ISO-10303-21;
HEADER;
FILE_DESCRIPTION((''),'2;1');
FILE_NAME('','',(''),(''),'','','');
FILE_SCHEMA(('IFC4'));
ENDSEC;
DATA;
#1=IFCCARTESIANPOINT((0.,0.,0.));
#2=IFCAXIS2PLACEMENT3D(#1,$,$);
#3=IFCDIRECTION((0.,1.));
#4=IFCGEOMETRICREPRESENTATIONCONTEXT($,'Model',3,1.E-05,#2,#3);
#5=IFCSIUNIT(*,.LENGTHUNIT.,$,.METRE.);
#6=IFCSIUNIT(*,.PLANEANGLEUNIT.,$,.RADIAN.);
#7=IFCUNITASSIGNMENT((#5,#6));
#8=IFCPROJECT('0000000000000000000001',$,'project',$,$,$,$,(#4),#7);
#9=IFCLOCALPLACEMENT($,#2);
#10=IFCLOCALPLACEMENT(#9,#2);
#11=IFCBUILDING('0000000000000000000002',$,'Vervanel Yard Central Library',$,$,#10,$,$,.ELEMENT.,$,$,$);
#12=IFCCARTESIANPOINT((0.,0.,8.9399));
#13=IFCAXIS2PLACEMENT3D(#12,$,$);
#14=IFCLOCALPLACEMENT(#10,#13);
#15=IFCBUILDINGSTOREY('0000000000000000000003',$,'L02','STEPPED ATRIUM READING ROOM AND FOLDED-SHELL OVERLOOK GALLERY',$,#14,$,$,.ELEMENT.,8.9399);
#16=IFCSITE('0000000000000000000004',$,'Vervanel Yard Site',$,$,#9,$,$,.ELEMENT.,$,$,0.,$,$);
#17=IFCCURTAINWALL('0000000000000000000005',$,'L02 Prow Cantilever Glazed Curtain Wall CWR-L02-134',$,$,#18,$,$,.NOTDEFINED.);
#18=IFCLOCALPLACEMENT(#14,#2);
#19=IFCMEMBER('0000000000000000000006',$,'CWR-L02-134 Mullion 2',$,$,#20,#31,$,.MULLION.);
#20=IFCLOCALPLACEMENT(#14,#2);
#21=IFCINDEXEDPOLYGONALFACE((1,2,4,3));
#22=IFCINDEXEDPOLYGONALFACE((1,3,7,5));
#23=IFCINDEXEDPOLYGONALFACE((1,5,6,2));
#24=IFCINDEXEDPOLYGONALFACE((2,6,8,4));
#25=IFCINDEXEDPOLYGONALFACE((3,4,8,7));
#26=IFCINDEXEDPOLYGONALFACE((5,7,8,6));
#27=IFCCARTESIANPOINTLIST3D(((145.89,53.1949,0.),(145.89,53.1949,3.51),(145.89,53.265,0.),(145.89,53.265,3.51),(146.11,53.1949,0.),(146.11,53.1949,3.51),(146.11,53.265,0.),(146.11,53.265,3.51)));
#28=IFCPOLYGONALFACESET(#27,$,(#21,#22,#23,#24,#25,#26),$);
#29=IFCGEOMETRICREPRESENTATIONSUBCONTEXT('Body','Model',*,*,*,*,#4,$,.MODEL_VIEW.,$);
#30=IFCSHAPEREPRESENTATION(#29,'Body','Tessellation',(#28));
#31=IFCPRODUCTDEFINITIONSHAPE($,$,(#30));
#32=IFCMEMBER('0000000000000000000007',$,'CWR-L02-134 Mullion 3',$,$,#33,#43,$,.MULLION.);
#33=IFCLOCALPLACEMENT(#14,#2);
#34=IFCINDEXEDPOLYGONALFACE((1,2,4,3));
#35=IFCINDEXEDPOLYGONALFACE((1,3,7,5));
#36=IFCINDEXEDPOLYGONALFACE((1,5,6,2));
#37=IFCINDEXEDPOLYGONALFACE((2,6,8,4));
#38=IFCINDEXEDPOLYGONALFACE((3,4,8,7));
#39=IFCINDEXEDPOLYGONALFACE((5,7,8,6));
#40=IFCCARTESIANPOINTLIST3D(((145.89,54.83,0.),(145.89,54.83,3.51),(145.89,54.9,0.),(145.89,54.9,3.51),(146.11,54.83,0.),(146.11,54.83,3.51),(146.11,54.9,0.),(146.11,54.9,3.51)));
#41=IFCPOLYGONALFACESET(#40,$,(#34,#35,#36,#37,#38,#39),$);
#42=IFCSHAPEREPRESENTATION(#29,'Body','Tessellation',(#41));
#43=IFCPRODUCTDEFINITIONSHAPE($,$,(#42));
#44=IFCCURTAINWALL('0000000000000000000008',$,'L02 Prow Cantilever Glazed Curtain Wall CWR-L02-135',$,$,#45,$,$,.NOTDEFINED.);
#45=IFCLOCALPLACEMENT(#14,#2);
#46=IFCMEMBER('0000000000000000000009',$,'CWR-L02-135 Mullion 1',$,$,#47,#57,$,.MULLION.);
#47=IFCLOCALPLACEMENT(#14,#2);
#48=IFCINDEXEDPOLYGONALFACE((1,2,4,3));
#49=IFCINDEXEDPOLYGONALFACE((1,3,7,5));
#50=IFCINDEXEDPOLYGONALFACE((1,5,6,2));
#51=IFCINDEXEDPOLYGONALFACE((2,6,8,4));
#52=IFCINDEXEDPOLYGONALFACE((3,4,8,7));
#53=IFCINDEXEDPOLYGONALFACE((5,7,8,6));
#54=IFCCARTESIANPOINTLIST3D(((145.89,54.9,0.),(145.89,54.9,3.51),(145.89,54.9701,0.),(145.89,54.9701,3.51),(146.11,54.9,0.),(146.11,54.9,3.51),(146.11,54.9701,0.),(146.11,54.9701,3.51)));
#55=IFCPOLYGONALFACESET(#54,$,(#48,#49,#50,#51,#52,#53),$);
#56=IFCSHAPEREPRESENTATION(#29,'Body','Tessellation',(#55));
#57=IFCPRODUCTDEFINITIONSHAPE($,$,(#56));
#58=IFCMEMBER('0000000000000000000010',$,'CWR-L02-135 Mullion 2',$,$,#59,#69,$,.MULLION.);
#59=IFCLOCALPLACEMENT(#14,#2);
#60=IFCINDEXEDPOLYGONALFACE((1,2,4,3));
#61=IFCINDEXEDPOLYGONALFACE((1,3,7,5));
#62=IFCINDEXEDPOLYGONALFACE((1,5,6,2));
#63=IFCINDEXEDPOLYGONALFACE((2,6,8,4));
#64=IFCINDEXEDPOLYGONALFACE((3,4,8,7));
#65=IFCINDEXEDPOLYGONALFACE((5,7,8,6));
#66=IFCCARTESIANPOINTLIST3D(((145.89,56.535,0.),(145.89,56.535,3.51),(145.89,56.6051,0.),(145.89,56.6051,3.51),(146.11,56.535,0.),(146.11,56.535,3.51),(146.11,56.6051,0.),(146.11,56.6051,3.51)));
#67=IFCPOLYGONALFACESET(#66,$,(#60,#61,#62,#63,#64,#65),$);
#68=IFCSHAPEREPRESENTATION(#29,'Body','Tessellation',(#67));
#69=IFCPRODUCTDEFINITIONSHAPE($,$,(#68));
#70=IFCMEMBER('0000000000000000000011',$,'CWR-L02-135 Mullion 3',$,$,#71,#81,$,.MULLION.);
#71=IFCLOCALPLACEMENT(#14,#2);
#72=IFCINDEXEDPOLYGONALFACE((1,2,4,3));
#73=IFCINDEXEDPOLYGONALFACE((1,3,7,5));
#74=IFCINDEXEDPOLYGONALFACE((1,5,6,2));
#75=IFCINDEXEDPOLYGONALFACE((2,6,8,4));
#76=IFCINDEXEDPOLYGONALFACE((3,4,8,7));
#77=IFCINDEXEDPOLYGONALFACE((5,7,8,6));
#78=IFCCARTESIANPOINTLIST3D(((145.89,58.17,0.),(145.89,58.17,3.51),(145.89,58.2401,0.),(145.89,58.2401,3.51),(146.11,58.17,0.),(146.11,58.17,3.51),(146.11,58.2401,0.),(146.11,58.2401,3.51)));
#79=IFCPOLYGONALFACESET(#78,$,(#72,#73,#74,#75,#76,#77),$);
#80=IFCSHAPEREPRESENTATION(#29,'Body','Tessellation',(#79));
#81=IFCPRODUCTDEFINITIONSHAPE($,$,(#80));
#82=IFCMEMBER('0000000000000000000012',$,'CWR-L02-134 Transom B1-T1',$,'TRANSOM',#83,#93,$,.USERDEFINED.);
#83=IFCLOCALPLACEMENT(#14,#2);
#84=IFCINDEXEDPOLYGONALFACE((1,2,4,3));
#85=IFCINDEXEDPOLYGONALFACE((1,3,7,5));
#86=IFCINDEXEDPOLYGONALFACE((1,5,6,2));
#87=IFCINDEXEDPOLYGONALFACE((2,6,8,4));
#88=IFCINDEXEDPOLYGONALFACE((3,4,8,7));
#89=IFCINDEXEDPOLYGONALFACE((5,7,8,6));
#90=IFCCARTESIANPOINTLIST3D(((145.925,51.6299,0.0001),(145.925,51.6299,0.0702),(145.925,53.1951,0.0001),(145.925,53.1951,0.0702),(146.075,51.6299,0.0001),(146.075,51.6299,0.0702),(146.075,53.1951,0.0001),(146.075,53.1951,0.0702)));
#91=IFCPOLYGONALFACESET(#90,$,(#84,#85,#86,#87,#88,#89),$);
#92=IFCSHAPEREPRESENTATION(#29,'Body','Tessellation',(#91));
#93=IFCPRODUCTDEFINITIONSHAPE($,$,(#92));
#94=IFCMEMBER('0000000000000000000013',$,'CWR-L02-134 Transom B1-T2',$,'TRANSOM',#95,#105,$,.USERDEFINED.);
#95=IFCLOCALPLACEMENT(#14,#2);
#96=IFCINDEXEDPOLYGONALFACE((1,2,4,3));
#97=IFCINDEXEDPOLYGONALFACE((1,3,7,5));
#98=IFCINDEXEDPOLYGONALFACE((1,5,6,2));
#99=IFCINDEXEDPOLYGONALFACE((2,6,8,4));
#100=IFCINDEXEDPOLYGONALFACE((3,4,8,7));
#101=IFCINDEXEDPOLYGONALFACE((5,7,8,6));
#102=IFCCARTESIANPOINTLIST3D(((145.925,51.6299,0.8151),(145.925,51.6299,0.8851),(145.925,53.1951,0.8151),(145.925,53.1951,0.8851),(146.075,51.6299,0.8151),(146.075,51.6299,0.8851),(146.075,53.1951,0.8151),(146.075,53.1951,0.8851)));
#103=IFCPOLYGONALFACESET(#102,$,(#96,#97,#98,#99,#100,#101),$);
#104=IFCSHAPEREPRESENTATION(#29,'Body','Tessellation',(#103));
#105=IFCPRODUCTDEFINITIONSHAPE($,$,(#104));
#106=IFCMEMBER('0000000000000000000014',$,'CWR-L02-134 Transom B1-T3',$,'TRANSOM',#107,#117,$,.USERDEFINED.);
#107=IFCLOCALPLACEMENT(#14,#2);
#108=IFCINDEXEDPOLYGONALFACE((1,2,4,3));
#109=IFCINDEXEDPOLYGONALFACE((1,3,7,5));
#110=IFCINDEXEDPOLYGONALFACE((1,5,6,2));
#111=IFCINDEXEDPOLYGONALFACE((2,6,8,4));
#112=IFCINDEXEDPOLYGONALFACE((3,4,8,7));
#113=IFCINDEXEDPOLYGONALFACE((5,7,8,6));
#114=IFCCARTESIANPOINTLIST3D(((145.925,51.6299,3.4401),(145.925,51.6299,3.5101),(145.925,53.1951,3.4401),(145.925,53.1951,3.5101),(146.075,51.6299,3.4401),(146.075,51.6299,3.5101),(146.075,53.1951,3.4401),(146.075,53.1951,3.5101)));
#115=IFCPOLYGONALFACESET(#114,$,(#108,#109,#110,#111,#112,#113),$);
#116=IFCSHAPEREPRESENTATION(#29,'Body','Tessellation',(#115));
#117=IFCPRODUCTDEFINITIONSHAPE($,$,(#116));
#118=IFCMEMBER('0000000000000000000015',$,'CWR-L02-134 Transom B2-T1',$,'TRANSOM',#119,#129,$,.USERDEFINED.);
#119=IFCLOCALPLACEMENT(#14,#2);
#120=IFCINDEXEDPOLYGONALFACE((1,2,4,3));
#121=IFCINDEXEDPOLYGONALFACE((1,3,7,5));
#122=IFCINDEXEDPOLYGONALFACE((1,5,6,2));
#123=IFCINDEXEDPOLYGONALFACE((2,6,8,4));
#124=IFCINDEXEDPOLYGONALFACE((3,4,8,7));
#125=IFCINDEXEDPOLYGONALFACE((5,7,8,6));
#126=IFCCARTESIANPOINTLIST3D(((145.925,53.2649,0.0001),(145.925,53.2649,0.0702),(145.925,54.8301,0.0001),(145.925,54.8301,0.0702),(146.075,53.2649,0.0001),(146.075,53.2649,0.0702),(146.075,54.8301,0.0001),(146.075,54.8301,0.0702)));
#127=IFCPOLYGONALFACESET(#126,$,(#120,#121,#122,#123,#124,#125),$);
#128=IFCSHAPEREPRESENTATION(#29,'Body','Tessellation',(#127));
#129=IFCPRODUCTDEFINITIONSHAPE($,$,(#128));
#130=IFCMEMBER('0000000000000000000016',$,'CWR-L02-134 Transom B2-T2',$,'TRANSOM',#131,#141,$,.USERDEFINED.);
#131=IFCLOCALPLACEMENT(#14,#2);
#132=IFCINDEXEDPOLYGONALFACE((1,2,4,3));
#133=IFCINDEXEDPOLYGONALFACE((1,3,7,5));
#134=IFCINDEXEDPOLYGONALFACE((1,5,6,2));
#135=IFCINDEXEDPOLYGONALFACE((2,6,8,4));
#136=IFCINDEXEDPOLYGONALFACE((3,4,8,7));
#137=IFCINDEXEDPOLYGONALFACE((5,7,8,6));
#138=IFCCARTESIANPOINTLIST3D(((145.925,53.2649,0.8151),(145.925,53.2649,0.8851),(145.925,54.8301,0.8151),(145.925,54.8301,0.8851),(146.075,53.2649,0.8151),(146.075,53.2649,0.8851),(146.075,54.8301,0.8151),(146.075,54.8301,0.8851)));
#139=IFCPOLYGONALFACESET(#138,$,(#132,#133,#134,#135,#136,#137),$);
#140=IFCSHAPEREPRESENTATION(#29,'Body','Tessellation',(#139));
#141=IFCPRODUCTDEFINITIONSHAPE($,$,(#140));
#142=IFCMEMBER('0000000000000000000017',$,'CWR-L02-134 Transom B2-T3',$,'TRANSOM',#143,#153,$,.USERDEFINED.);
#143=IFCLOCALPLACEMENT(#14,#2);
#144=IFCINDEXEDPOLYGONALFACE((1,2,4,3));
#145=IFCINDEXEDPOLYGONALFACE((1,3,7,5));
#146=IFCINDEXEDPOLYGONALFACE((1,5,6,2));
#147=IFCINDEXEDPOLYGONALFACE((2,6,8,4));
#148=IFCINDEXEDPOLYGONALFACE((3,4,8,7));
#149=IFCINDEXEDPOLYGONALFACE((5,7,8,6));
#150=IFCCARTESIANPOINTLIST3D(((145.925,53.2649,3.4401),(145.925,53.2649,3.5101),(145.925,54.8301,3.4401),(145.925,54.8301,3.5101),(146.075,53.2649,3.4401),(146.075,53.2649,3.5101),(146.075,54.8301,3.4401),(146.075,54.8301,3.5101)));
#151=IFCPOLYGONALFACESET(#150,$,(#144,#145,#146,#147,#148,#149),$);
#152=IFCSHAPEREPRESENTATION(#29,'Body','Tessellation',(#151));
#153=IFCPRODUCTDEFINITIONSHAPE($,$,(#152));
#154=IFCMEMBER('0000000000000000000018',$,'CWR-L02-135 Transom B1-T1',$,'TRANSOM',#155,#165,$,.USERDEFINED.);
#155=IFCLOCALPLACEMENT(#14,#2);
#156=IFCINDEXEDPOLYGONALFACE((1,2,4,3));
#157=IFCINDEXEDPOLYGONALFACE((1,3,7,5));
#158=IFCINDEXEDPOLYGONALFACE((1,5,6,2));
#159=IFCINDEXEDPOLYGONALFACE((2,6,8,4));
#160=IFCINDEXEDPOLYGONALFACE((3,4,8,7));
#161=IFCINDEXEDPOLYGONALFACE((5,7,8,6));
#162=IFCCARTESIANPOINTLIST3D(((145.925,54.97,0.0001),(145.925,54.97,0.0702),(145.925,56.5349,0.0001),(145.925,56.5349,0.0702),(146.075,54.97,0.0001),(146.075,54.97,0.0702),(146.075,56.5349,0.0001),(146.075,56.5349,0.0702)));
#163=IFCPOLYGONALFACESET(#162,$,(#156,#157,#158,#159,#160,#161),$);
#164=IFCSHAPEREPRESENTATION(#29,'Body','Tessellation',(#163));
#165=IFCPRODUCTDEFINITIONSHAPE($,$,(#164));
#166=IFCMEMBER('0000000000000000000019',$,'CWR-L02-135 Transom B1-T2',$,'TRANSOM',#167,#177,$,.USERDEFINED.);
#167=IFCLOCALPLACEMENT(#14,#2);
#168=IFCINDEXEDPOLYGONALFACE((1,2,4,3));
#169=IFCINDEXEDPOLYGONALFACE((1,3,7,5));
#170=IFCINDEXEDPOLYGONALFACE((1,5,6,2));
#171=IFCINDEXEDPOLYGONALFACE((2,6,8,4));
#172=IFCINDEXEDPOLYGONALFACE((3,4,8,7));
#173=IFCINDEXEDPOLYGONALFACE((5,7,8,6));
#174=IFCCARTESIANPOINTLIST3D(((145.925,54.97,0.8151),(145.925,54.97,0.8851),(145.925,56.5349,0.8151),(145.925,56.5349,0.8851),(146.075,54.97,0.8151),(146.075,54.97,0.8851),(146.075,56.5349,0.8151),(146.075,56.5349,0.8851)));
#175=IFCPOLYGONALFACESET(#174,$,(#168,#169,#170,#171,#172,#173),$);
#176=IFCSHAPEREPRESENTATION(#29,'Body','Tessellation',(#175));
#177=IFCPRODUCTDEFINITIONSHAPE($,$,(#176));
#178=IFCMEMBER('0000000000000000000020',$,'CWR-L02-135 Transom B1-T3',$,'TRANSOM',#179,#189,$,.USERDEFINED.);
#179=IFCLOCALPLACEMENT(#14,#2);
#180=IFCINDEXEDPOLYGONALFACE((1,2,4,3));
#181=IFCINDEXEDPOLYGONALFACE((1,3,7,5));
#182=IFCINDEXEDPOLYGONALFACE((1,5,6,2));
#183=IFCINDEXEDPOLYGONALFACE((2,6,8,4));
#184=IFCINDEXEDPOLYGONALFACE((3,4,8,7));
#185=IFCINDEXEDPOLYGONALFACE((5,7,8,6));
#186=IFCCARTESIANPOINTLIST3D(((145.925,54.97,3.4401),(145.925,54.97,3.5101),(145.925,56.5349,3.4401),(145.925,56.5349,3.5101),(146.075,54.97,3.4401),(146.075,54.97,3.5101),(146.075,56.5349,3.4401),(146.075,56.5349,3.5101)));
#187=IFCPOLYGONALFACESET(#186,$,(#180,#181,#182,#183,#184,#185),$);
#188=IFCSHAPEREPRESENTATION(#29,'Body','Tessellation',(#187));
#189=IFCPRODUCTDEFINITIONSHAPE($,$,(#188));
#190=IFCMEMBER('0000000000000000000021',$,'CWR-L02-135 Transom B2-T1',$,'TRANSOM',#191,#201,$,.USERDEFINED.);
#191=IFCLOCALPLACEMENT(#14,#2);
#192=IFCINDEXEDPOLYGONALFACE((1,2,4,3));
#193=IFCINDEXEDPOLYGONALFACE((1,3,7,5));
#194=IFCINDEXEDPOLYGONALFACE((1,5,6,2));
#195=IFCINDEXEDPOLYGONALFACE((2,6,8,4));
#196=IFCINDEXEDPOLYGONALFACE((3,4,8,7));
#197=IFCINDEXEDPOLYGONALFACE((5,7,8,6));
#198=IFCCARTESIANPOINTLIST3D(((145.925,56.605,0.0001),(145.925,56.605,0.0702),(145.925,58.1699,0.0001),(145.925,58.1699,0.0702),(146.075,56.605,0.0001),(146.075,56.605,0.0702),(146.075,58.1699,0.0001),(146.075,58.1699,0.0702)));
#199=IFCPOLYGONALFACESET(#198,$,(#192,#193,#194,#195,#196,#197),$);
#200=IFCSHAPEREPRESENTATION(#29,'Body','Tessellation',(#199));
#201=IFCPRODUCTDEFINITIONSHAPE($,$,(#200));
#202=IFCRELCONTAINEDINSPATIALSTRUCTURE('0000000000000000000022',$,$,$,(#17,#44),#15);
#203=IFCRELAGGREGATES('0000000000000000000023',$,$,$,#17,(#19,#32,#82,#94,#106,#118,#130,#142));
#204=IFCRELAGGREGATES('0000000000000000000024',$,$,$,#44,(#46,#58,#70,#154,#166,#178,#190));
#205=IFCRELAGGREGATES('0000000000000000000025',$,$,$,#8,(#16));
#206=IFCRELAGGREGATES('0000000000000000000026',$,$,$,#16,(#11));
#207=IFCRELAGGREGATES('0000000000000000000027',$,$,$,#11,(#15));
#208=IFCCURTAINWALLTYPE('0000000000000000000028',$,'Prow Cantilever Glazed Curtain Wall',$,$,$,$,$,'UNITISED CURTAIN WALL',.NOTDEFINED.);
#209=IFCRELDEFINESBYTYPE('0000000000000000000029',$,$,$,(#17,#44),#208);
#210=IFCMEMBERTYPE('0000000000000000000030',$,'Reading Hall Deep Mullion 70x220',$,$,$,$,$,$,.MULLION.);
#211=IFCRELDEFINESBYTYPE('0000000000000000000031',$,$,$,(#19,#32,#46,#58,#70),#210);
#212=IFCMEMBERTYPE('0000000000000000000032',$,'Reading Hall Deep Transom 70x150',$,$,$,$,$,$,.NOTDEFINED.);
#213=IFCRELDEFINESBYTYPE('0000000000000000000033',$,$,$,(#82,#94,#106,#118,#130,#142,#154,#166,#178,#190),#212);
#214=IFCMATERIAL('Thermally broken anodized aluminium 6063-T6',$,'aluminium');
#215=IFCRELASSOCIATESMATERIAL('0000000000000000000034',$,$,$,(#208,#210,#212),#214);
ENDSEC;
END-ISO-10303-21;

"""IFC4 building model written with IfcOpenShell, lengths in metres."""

from ifc_helpers import new_model, si_unit, direction, frame, origin, origin_2d, place, context, subcontext, project, spatial, rectangle, extrude, material, material_profile, profile_set, type_object, element, aggregate, save


model = new_model("IFC4")

# Units and contexts
model_context = context("Model", 3, precision=1e-05, world=origin(), true_north=direction((0.0, 1.0)))
body_context = subcontext(model_context, "Body", "Model", "MODEL_VIEW")
ifc_project = project(units=[si_unit("LENGTHUNIT", "METRE"), si_unit("PLANEANGLEUNIT", "RADIAN")], contexts=[model_context])

# Site, building, storey
site_placement = place(None, origin())
site = spatial("IfcSite", under=ifc_project, at=site_placement, Name="Vervanel Yard Site", CompositionType="ELEMENT", RefElevation=0.0)
building_placement = place(site_placement, origin())
building = spatial("IfcBuilding", under=site, at=building_placement, Name="Vervanel Yard Central Library", CompositionType="ELEMENT")
storey_placement = place(building_placement, frame((0.0, 0.0, 8.9399)))
storey = spatial("IfcBuildingStorey", under=building, at=storey_placement, Name="L02", Description="STEPPED ATRIUM READING ROOM AND FOLDED-SHELL OVERLOOK GALLERY", CompositionType="ELEMENT", Elevation=8.9399)

# Curtain walls, members
ifc_material_1 = material(Name="Thermally broken anodized aluminium 6063-T6", Category="aluminium")
curtain_wall_type = type_object("IfcCurtainWallType", Name="Prow Cantilever Glazed Curtain Wall", ElementType="UNITISED CURTAIN WALL", PredefinedType="NOTDEFINED", material=ifc_material_1)
curtain_wall_1_placement = place(storey_placement, origin())
curtain_wall_1 = element("IfcCurtainWall", 1, at=curtain_wall_1_placement, inside=storey, type_object=curtain_wall_type, Name="L02 Prow Cantilever Glazed Curtain Wall CWR-L02-134", PredefinedType="NOTDEFINED")
ifc_material_profile_1 = material_profile(ifc_material_1, rectangle(XDim=0.0701, YDim=0.22, at=origin_2d()), Name="ALU 70x220", Category="aluminium")
ifc_profile_set_1 = profile_set([ifc_material_profile_1], Name="Thermally broken anodized aluminium 6063-T6")
member_type_1 = type_object("IfcMemberType", Name="Reading Hall Deep Mullion 70x220", PredefinedType="MULLION", material=ifc_profile_set_1)
member_1_placement = place(storey_placement, frame((146.0, 53.23, 0.0), z_axis=(0.0, 0.0, 1.0), x_axis=(0.0, 1.0, 0.0)))
member_1 = element("IfcMember", 2, at=member_1_placement, type_object=member_type_1, Name="CWR-L02-134 Mullion 2", PredefinedType="MULLION", context=body_context, shape_type="SweptSolid", body=[
    extrude(rectangle(XDim=0.0701, YDim=0.22, at=origin_2d()), origin(), (0.0, 0.0, 1.0), 3.51),
])
member_2_placement = place(storey_placement, frame((146.0, 54.865, 0.0), z_axis=(0.0, 0.0, 1.0), x_axis=(0.0, 1.0, 0.0)))
member_2 = element("IfcMember", 3, at=member_2_placement, type_object=member_type_1, Name="CWR-L02-134 Mullion 3", PredefinedType="MULLION", context=body_context, shape_type="SweptSolid", body=[
    extrude(rectangle(XDim=0.0701, YDim=0.22, at=origin_2d()), origin(), (0.0, 0.0, 1.0), 3.51),
])
curtain_wall_2_placement = place(storey_placement, origin())
curtain_wall_2 = element("IfcCurtainWall", 4, at=curtain_wall_2_placement, inside=storey, type_object=curtain_wall_type, Name="L02 Prow Cantilever Glazed Curtain Wall CWR-L02-135", PredefinedType="NOTDEFINED")
member_3_placement = place(storey_placement, frame((146.0, 54.9351, 0.0), z_axis=(0.0, 0.0, 1.0), x_axis=(0.0, 1.0, 0.0)))
member_3 = element("IfcMember", 5, at=member_3_placement, type_object=member_type_1, Name="CWR-L02-135 Mullion 1", PredefinedType="MULLION", context=body_context, shape_type="SweptSolid", body=[
    extrude(rectangle(XDim=0.0701, YDim=0.22, at=origin_2d()), origin(), (0.0, 0.0, 1.0), 3.51),
])
member_4_placement = place(storey_placement, frame((146.0, 56.5701, 0.0), z_axis=(0.0, 0.0, 1.0), x_axis=(0.0, 1.0, 0.0)))
member_4 = element("IfcMember", 6, at=member_4_placement, type_object=member_type_1, Name="CWR-L02-135 Mullion 2", PredefinedType="MULLION", context=body_context, shape_type="SweptSolid", body=[
    extrude(rectangle(XDim=0.0701, YDim=0.22, at=origin_2d()), origin(), (0.0, 0.0, 1.0), 3.51),
])
member_5_placement = place(storey_placement, frame((146.0, 58.2051, 0.0), z_axis=(0.0, 0.0, 1.0), x_axis=(0.0, 1.0, 0.0)))
member_5 = element("IfcMember", 7, at=member_5_placement, type_object=member_type_1, Name="CWR-L02-135 Mullion 3", PredefinedType="MULLION", context=body_context, shape_type="SweptSolid", body=[
    extrude(rectangle(XDim=0.0701, YDim=0.22, at=origin_2d()), origin(), (0.0, 0.0, 1.0), 3.51),
])

# Members
ifc_material_profile_2 = material_profile(ifc_material_1, rectangle(XDim=0.0701, YDim=0.1499, at=origin_2d()), Name="ALU 70x150", Category="aluminium")
ifc_profile_set_2 = profile_set([ifc_material_profile_2], Name="Thermally broken anodized aluminium 6063-T6")
member_type_2 = type_object("IfcMemberType", Name="Reading Hall Deep Transom 70x150", PredefinedType="NOTDEFINED", material=ifc_profile_set_2)
member_6_placement = place(storey_placement, frame((146.0, 51.6299, 0.0352), z_axis=(0.0, 1.0, 0.0), x_axis=(0.0, 0.0, 1.0)))
member_6 = element("IfcMember", 8, at=member_6_placement, type_object=member_type_2, Name="CWR-L02-134 Transom B1-T1", ObjectType="TRANSOM", PredefinedType="USERDEFINED", context=body_context, shape_type="SweptSolid", body=[
    extrude(rectangle(XDim=0.0701, YDim=0.1499, at=origin_2d()), origin(), (0.0, 0.0, 1.0), 1.5652),
])
member_7_placement = place(storey_placement, frame((146.0, 51.6299, 0.8501), z_axis=(0.0, 1.0, 0.0), x_axis=(0.0, 0.0, 1.0)))
member_7 = element("IfcMember", 9, at=member_7_placement, type_object=member_type_2, Name="CWR-L02-134 Transom B1-T2", ObjectType="TRANSOM", PredefinedType="USERDEFINED", context=body_context, shape_type="SweptSolid", body=[
    extrude(rectangle(XDim=0.0701, YDim=0.1499, at=origin_2d()), origin(), (0.0, 0.0, 1.0), 1.5652),
])
member_8_placement = place(storey_placement, frame((146.0, 51.6299, 3.4751), z_axis=(0.0, 1.0, 0.0), x_axis=(0.0, 0.0, 1.0)))
member_8 = element("IfcMember", 10, at=member_8_placement, type_object=member_type_2, Name="CWR-L02-134 Transom B1-T3", ObjectType="TRANSOM", PredefinedType="USERDEFINED", context=body_context, shape_type="SweptSolid", body=[
    extrude(rectangle(XDim=0.0701, YDim=0.1499, at=origin_2d()), origin(), (0.0, 0.0, 1.0), 1.5652),
])
member_9_placement = place(storey_placement, frame((146.0, 53.2649, 0.0352), z_axis=(0.0, 1.0, 0.0), x_axis=(0.0, 0.0, 1.0)))
member_9 = element("IfcMember", 11, at=member_9_placement, type_object=member_type_2, Name="CWR-L02-134 Transom B2-T1", ObjectType="TRANSOM", PredefinedType="USERDEFINED", context=body_context, shape_type="SweptSolid", body=[
    extrude(rectangle(XDim=0.0701, YDim=0.1499, at=origin_2d()), origin(), (0.0, 0.0, 1.0), 1.5652),
])
member_10_placement = place(storey_placement, frame((146.0, 53.2649, 0.8501), z_axis=(0.0, 1.0, 0.0), x_axis=(0.0, 0.0, 1.0)))
member_10 = element("IfcMember", 12, at=member_10_placement, type_object=member_type_2, Name="CWR-L02-134 Transom B2-T2", ObjectType="TRANSOM", PredefinedType="USERDEFINED", context=body_context, shape_type="SweptSolid", body=[
    extrude(rectangle(XDim=0.0701, YDim=0.1499, at=origin_2d()), origin(), (0.0, 0.0, 1.0), 1.5652),
])
member_11_placement = place(storey_placement, frame((146.0, 53.2649, 3.4751), z_axis=(0.0, 1.0, 0.0), x_axis=(0.0, 0.0, 1.0)))
member_11 = element("IfcMember", 13, at=member_11_placement, type_object=member_type_2, Name="CWR-L02-134 Transom B2-T3", ObjectType="TRANSOM", PredefinedType="USERDEFINED", context=body_context, shape_type="SweptSolid", body=[
    extrude(rectangle(XDim=0.0701, YDim=0.1499, at=origin_2d()), origin(), (0.0, 0.0, 1.0), 1.5652),
])
member_12_placement = place(storey_placement, frame((146.0, 54.97, 0.0352), z_axis=(0.0, 1.0, 0.0), x_axis=(0.0, 0.0, 1.0)))
member_12 = element("IfcMember", 14, at=member_12_placement, type_object=member_type_2, Name="CWR-L02-135 Transom B1-T1", ObjectType="TRANSOM", PredefinedType="USERDEFINED", context=body_context, shape_type="SweptSolid", body=[
    extrude(rectangle(XDim=0.0701, YDim=0.1499, at=origin_2d()), origin(), (0.0, 0.0, 1.0), 1.5649),
])
member_13_placement = place(storey_placement, frame((146.0, 54.97, 0.8501), z_axis=(0.0, 1.0, 0.0), x_axis=(0.0, 0.0, 1.0)))
member_13 = element("IfcMember", 15, at=member_13_placement, type_object=member_type_2, Name="CWR-L02-135 Transom B1-T2", ObjectType="TRANSOM", PredefinedType="USERDEFINED", context=body_context, shape_type="SweptSolid", body=[
    extrude(rectangle(XDim=0.0701, YDim=0.1499, at=origin_2d()), origin(), (0.0, 0.0, 1.0), 1.5649),
])
member_14_placement = place(storey_placement, frame((146.0, 54.97, 3.4751), z_axis=(0.0, 1.0, 0.0), x_axis=(0.0, 0.0, 1.0)))
member_14 = element("IfcMember", 16, at=member_14_placement, type_object=member_type_2, Name="CWR-L02-135 Transom B1-T3", ObjectType="TRANSOM", PredefinedType="USERDEFINED", context=body_context, shape_type="SweptSolid", body=[
    extrude(rectangle(XDim=0.0701, YDim=0.1499, at=origin_2d()), origin(), (0.0, 0.0, 1.0), 1.5649),
])
member_15_placement = place(storey_placement, frame((146.0, 56.605, 0.0352), z_axis=(0.0, 1.0, 0.0), x_axis=(0.0, 0.0, 1.0)))
member_15 = element("IfcMember", 17, at=member_15_placement, type_object=member_type_2, Name="CWR-L02-135 Transom B2-T1", ObjectType="TRANSOM", PredefinedType="USERDEFINED", context=body_context, shape_type="SweptSolid", body=[
    extrude(rectangle(XDim=0.0701, YDim=0.1499, at=origin_2d()), origin(), (0.0, 0.0, 1.0), 1.5649),
])

aggregate(curtain_wall_1, [member_1, member_2, member_6, member_7, member_8, member_9, member_10, member_11])
aggregate(curtain_wall_2, [member_3, member_4, member_5, member_12, member_13, member_14, member_15])

save(model, "model.ifc")
